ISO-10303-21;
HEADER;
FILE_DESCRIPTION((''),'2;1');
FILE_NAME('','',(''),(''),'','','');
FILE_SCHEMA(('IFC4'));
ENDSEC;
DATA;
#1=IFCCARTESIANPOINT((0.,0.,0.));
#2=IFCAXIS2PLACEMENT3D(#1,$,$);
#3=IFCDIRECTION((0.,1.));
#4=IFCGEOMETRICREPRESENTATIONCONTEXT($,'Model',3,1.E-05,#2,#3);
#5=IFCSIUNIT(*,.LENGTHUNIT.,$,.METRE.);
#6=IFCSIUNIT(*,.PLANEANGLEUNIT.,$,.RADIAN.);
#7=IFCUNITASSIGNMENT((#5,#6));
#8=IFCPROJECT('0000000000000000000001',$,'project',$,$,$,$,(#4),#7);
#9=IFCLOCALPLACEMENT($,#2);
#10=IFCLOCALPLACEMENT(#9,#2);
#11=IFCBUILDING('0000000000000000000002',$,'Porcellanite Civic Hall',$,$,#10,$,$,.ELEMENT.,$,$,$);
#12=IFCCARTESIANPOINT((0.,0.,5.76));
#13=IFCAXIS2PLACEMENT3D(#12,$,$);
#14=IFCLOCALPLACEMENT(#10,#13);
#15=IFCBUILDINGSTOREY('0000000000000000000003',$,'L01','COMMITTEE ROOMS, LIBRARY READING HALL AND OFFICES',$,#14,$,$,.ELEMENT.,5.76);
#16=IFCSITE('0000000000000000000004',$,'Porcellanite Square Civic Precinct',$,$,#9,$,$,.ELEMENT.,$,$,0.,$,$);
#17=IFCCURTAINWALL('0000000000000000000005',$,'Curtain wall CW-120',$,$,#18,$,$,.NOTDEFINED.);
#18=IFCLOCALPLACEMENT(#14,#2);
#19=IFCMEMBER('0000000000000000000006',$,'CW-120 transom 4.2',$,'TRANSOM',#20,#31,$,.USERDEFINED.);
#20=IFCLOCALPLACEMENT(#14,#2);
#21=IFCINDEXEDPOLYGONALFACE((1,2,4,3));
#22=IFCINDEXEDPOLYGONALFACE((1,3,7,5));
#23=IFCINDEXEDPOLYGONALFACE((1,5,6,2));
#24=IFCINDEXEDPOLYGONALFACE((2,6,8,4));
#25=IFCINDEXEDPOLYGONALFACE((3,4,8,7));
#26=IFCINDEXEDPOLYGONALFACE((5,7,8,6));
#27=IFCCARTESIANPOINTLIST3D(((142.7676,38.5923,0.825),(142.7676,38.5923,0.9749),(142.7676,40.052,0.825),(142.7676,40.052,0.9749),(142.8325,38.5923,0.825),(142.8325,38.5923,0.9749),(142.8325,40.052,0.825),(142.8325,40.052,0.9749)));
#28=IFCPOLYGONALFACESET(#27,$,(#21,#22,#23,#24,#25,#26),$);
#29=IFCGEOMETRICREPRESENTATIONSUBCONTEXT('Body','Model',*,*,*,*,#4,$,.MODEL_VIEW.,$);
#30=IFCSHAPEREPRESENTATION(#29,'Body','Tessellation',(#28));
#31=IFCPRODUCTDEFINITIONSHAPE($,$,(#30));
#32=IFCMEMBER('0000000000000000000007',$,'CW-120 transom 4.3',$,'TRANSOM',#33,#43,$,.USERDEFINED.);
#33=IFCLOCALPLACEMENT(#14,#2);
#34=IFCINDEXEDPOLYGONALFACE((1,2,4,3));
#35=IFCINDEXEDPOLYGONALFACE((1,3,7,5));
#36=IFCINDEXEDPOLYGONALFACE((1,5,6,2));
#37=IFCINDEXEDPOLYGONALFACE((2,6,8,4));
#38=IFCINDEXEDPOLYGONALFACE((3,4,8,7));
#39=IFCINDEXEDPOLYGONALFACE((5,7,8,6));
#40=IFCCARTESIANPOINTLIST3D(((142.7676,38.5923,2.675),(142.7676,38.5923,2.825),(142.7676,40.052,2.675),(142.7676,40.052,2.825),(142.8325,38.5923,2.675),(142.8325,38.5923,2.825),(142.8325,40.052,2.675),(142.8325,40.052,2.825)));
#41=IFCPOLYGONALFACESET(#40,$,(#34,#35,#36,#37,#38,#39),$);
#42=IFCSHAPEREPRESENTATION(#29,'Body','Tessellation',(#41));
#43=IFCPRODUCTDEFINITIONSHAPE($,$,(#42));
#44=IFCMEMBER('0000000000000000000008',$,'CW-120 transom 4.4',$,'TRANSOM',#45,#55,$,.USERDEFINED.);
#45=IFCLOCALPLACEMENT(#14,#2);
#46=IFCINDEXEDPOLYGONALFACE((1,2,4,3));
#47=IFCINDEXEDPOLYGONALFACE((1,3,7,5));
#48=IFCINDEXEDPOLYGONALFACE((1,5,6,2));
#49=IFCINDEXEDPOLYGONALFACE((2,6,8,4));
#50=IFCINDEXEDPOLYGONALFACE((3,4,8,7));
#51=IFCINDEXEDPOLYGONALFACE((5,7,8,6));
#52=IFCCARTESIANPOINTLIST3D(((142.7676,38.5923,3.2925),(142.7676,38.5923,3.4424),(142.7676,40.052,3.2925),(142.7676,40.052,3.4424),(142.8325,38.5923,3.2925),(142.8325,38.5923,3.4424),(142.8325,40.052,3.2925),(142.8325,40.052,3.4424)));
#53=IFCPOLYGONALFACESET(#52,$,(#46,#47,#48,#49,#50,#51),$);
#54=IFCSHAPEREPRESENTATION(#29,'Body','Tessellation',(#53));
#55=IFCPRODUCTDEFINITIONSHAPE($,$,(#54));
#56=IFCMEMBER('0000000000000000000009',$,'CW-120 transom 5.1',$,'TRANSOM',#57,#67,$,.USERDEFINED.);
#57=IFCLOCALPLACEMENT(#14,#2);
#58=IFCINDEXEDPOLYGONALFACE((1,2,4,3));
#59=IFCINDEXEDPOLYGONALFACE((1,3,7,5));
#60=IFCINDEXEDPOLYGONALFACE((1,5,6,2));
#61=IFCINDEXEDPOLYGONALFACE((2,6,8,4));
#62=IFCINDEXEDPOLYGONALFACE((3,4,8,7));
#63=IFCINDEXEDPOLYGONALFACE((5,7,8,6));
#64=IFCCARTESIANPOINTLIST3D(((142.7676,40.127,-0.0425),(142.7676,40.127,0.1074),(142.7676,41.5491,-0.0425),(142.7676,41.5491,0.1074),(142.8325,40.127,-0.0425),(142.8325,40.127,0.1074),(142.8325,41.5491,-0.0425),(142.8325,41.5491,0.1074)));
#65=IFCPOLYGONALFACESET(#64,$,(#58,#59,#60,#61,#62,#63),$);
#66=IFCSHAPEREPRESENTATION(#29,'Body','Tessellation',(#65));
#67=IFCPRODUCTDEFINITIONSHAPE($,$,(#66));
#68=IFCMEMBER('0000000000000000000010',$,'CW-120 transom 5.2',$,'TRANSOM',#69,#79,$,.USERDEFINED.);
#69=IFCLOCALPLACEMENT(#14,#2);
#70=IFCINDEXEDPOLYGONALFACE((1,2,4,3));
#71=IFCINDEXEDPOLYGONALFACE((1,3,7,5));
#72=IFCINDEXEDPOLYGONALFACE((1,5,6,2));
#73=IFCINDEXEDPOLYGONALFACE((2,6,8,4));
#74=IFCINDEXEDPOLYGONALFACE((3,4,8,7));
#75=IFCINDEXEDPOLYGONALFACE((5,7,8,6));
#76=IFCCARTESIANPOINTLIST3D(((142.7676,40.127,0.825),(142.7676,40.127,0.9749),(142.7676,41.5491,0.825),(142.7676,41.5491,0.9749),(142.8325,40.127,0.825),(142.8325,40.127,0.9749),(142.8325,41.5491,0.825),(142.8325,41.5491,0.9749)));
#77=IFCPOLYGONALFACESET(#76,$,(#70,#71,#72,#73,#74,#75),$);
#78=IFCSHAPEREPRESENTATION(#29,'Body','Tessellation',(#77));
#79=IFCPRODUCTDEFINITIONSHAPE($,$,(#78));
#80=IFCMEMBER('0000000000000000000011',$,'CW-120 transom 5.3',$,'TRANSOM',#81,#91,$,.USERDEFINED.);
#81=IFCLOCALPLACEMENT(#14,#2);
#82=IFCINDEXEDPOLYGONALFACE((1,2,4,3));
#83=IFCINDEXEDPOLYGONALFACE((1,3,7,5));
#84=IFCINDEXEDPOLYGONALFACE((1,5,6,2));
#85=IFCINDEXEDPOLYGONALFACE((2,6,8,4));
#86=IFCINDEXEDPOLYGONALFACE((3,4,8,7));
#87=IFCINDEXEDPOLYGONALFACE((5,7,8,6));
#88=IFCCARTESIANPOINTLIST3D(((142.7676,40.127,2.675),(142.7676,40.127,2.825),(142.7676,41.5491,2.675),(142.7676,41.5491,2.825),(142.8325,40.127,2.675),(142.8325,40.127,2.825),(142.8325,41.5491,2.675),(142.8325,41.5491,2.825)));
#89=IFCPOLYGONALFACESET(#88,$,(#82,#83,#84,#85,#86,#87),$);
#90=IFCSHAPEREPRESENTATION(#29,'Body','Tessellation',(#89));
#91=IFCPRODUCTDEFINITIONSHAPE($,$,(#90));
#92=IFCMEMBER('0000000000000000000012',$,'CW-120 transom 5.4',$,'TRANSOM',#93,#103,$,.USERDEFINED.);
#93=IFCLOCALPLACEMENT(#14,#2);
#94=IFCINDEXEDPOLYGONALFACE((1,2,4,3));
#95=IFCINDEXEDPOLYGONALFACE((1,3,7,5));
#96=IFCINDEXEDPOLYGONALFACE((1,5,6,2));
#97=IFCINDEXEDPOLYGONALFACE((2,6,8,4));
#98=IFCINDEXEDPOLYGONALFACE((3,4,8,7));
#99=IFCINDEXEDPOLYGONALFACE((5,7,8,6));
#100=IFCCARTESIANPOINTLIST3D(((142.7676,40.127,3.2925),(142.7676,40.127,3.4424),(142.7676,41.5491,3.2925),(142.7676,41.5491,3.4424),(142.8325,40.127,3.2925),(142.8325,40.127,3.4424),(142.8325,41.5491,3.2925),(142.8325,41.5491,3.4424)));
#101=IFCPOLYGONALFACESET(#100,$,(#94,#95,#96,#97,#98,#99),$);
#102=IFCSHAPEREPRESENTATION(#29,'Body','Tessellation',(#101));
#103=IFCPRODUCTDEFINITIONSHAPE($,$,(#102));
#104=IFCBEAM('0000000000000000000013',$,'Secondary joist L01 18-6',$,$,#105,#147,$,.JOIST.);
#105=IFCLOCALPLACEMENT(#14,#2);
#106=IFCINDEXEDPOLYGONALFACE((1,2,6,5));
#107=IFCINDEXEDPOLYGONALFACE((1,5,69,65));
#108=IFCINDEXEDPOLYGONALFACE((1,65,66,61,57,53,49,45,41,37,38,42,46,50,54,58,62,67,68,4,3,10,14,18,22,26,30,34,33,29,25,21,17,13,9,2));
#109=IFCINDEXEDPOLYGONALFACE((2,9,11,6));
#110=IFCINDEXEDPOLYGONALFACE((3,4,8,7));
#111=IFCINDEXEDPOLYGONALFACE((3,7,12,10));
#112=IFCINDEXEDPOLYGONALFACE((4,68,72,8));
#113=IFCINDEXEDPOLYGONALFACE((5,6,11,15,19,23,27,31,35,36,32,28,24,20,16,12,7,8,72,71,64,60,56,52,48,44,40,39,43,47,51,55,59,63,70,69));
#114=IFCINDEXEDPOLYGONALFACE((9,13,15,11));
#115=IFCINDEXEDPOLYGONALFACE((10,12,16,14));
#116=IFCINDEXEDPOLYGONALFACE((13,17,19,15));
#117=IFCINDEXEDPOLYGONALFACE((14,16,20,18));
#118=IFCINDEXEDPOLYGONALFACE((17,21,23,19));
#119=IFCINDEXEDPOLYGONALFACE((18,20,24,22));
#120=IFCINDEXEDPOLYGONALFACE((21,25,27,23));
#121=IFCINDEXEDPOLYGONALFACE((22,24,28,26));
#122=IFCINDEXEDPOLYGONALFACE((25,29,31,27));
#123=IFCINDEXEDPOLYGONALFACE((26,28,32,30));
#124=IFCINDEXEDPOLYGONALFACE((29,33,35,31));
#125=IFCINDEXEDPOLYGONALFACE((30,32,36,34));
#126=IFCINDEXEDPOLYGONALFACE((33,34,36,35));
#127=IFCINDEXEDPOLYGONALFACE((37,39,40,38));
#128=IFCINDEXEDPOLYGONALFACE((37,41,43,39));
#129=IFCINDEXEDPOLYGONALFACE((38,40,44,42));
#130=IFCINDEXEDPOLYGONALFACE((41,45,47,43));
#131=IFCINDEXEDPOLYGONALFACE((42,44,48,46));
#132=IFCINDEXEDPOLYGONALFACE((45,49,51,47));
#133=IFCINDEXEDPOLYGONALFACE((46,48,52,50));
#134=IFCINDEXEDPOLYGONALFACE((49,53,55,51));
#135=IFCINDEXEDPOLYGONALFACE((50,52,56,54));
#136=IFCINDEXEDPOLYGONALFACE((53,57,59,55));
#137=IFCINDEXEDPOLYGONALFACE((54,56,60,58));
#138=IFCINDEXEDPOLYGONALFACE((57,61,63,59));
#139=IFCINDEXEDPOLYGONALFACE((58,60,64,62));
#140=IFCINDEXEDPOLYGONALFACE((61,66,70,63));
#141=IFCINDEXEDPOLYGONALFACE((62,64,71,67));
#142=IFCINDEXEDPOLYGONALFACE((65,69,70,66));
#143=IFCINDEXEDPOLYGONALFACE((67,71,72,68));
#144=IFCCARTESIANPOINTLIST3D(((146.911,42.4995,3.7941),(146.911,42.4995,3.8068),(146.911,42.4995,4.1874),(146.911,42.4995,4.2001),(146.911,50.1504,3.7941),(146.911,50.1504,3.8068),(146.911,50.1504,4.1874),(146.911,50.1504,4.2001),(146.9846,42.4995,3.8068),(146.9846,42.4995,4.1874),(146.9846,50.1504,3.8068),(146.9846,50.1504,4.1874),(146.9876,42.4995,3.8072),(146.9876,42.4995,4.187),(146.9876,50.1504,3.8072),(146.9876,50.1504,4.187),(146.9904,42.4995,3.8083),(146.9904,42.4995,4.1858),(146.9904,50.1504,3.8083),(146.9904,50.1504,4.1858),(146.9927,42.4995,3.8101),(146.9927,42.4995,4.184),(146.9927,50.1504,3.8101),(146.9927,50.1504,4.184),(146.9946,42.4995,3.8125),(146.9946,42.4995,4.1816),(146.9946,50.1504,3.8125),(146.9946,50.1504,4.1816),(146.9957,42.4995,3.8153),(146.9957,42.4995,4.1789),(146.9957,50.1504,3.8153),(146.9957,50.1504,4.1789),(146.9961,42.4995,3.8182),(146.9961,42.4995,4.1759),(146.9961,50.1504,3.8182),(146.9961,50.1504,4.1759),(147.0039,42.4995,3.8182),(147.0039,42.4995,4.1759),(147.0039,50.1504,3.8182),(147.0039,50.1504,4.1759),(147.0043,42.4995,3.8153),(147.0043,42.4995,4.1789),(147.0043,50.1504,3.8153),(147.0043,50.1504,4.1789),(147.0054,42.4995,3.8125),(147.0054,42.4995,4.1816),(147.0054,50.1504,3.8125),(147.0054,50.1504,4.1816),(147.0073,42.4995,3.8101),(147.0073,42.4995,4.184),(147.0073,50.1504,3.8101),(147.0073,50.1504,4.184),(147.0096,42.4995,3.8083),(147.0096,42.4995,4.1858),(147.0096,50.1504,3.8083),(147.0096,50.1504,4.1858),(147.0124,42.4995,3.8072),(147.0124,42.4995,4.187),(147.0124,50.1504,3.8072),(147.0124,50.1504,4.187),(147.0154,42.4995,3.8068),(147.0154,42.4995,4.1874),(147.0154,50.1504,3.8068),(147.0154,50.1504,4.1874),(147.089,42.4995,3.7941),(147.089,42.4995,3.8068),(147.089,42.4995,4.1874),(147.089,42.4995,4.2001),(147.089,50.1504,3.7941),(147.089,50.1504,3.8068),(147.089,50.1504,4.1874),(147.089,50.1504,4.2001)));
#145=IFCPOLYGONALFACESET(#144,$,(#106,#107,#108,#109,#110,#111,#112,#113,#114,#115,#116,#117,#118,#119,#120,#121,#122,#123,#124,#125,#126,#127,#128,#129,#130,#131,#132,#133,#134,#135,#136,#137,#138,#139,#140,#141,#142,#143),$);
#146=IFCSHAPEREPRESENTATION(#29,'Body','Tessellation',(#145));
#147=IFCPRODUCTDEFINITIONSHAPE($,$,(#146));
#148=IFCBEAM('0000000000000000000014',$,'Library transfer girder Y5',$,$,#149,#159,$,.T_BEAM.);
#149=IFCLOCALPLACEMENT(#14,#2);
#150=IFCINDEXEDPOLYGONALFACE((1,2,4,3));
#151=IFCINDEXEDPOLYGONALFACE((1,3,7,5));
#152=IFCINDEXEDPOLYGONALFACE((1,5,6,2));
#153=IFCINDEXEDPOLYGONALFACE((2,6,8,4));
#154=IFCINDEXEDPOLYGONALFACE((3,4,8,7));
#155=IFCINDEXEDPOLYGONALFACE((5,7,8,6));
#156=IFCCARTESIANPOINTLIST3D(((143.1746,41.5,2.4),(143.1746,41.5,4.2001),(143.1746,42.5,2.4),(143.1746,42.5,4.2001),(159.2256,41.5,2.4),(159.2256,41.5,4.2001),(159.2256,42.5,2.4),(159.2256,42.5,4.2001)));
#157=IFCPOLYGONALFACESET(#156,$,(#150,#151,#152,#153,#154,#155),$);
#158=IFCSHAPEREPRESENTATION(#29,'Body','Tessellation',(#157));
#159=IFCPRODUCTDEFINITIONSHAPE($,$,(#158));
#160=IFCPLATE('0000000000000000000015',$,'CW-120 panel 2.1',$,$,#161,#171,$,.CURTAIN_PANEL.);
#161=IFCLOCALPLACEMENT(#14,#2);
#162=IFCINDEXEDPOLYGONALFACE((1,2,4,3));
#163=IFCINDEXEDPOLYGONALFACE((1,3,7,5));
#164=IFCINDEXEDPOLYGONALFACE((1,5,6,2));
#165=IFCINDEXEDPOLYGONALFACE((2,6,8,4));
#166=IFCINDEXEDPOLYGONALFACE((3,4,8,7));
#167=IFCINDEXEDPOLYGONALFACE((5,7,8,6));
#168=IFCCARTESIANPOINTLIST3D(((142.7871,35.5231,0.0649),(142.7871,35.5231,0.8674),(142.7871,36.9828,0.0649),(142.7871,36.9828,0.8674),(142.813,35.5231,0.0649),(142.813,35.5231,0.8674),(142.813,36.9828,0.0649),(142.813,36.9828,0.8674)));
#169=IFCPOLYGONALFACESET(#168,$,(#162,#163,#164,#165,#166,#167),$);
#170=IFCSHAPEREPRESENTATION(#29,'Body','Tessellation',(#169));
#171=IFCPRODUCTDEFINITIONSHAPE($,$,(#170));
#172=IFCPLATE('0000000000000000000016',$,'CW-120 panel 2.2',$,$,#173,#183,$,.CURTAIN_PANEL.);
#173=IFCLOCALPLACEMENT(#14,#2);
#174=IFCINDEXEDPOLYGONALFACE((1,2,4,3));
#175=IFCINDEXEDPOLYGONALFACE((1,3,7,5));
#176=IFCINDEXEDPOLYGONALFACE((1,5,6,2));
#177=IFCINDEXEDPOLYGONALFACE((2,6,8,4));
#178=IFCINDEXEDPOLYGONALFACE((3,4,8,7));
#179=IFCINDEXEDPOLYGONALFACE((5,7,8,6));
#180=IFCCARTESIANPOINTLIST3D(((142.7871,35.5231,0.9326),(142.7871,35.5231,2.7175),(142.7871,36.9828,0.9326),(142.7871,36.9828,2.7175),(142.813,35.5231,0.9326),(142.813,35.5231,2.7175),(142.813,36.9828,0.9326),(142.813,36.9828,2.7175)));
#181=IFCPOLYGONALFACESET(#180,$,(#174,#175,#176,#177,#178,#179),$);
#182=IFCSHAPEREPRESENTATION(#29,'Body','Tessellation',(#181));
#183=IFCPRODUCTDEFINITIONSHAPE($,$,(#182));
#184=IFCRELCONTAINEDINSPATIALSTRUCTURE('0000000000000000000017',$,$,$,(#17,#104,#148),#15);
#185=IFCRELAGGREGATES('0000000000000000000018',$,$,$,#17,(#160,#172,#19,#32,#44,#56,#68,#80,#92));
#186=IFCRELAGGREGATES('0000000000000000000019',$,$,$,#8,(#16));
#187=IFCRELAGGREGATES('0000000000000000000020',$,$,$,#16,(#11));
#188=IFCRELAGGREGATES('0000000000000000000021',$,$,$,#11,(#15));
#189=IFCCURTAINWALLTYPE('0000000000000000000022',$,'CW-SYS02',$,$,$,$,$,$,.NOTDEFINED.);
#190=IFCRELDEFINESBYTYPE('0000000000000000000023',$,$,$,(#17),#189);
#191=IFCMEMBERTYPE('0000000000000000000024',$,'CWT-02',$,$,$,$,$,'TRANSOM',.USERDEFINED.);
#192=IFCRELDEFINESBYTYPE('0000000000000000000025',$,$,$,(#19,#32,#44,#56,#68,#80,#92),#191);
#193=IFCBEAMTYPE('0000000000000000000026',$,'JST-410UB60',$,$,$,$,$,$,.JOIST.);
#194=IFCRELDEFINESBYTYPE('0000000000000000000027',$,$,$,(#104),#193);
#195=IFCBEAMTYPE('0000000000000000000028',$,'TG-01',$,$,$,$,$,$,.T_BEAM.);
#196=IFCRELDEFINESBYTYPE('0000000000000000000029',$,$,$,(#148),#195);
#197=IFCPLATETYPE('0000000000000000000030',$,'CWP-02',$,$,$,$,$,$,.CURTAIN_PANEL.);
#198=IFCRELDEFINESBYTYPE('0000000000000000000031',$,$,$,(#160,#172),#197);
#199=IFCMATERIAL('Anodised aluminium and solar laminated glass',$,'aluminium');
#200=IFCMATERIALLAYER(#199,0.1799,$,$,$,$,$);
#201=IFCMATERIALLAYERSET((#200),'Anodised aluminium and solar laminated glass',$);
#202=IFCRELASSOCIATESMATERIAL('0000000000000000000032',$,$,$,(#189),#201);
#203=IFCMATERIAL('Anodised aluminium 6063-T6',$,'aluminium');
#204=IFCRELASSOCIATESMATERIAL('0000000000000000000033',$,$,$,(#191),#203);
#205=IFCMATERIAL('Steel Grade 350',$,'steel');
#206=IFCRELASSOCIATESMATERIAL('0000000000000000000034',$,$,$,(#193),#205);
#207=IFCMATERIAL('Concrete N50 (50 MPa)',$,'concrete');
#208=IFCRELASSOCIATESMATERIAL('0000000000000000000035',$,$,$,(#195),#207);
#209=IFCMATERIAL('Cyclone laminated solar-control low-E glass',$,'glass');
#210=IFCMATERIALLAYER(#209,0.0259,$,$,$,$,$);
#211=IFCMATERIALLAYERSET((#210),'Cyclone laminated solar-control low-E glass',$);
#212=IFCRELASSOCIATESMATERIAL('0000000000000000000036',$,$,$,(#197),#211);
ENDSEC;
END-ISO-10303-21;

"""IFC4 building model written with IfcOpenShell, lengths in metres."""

from ifc_helpers import new_model, si_unit, direction, frame, origin, origin_2d, place, context, subcontext, project, spatial, rectangle, i_section, extrude, material, layer, layer_set, material_profile, profile_set, type_object, element, aggregate, save


model = new_model("IFC4")

# Units and contexts
model_context = context("Model", 3, precision=1e-05, world=origin(), true_north=direction((0.0, 1.0)))
body_context = subcontext(model_context, "Body", "Model", "MODEL_VIEW")
ifc_project = project(units=[si_unit("LENGTHUNIT", "METRE"), si_unit("PLANEANGLEUNIT", "RADIAN")], contexts=[model_context])

# Site, building, storey
site_placement = place(None, origin())
site = spatial("IfcSite", under=ifc_project, at=site_placement, Name="Porcellanite Square Civic Precinct", CompositionType="ELEMENT", RefElevation=0.0)
building_placement = place(site_placement, origin())
building = spatial("IfcBuilding", under=site, at=building_placement, Name="Porcellanite Civic Hall", CompositionType="ELEMENT")
storey_placement = place(building_placement, frame((0.0, 0.0, 5.76)))
storey = spatial("IfcBuildingStorey", under=building, at=storey_placement, Name="L01", Description="COMMITTEE ROOMS, LIBRARY READING HALL AND OFFICES", CompositionType="ELEMENT", Elevation=5.76)

# Curtain wall, members
ifc_material_1 = material(Name="Anodised aluminium and solar laminated glass", Category="aluminium")
ifc_layer_1 = layer(ifc_material_1, 0.1799)
ifc_layer_set_1 = layer_set([ifc_layer_1], Name="Anodised aluminium and solar laminated glass")
curtain_wall_type = type_object("IfcCurtainWallType", Name="CW-SYS02", PredefinedType="NOTDEFINED", material=ifc_layer_set_1)
curtain_wall_placement = place(storey_placement, origin())
curtain_wall = element("IfcCurtainWall", 1, at=curtain_wall_placement, inside=storey, type_object=curtain_wall_type, Name="Curtain wall CW-120", PredefinedType="NOTDEFINED")
ifc_material_2 = material(Name="Anodised aluminium 6063-T6", Category="aluminium")
ifc_material_profile_1 = material_profile(ifc_material_2, rectangle(XDim=0.0649, YDim=0.1499, at=origin_2d()), Name="AL-65x150")
ifc_profile_set_1 = profile_set([ifc_material_profile_1], Name="Anodised aluminium 6063-T6")
member_type_1 = type_object("IfcMemberType", Name="CWT-02", ElementType="TRANSOM", PredefinedType="USERDEFINED", material=ifc_profile_set_1)
member_1_placement = place(storey_placement, frame((142.8, 38.5923, 0.8999), z_axis=(0.0, 1.0, 0.0), x_axis=(-1.0, 0.0, 0.0)))
member_1 = element("IfcMember", 2, at=member_1_placement, type_object=member_type_1, Name="CW-120 transom 4.2", ObjectType="TRANSOM", PredefinedType="USERDEFINED", context=body_context, shape_type="SweptSolid", body=[
    extrude(rectangle(XDim=0.0649, YDim=0.1499, at=origin_2d()), origin(), (0.0, 0.0, 1.0), 1.4597),
])
member_2_placement = place(storey_placement, frame((142.8, 38.5923, 2.75), z_axis=(0.0, 1.0, 0.0), x_axis=(-1.0, 0.0, 0.0)))
member_2 = element("IfcMember", 3, at=member_2_placement, type_object=member_type_1, Name="CW-120 transom 4.3", ObjectType="TRANSOM", PredefinedType="USERDEFINED", context=body_context, shape_type="SweptSolid", body=[
    extrude(rectangle(XDim=0.0649, YDim=0.1499, at=origin_2d()), origin(), (0.0, 0.0, 1.0), 1.4597),
])
member_3_placement = place(storey_placement, frame((142.8, 38.5923, 3.3674), z_axis=(0.0, 1.0, 0.0), x_axis=(-1.0, 0.0, 0.0)))
member_3 = element("IfcMember", 4, at=member_3_placement, type_object=member_type_1, Name="CW-120 transom 4.4", ObjectType="TRANSOM", PredefinedType="USERDEFINED", context=body_context, shape_type="SweptSolid", body=[
    extrude(rectangle(XDim=0.0649, YDim=0.1499, at=origin_2d()), origin(), (0.0, 0.0, 1.0), 1.4597),
])
member_4_placement = place(storey_placement, frame((142.8, 40.127, 0.0325), z_axis=(0.0, 1.0, 0.0), x_axis=(-1.0, 0.0, 0.0)))
member_4 = element("IfcMember", 5, at=member_4_placement, type_object=member_type_1, Name="CW-120 transom 5.1", ObjectType="TRANSOM", PredefinedType="USERDEFINED", context=body_context, shape_type="SweptSolid", body=[
    extrude(rectangle(XDim=0.0649, YDim=0.1499, at=origin_2d()), origin(), (0.0, 0.0, 1.0), 1.4221),
])
member_5_placement = place(storey_placement, frame((142.8, 40.127, 0.8999), z_axis=(0.0, 1.0, 0.0), x_axis=(-1.0, 0.0, 0.0)))
member_5 = element("IfcMember", 6, at=member_5_placement, type_object=member_type_1, Name="CW-120 transom 5.2", ObjectType="TRANSOM", PredefinedType="USERDEFINED", context=body_context, shape_type="SweptSolid", body=[
    extrude(rectangle(XDim=0.0649, YDim=0.1499, at=origin_2d()), origin(), (0.0, 0.0, 1.0), 1.4221),
])
member_6_placement = place(storey_placement, frame((142.8, 40.127, 2.75), z_axis=(0.0, 1.0, 0.0), x_axis=(-1.0, 0.0, 0.0)))
member_6 = element("IfcMember", 7, at=member_6_placement, type_object=member_type_1, Name="CW-120 transom 5.3", ObjectType="TRANSOM", PredefinedType="USERDEFINED", context=body_context, shape_type="SweptSolid", body=[
    extrude(rectangle(XDim=0.0649, YDim=0.1499, at=origin_2d()), origin(), (0.0, 0.0, 1.0), 1.4221),
])
member_7_placement = place(storey_placement, frame((142.8, 40.127, 3.3674), z_axis=(0.0, 1.0, 0.0), x_axis=(-1.0, 0.0, 0.0)))
member_7 = element("IfcMember", 8, at=member_7_placement, type_object=member_type_1, Name="CW-120 transom 5.4", ObjectType="TRANSOM", PredefinedType="USERDEFINED", context=body_context, shape_type="SweptSolid", body=[
    extrude(rectangle(XDim=0.0649, YDim=0.1499, at=origin_2d()), origin(), (0.0, 0.0, 1.0), 1.4221),
])

# Beams
ifc_material_3 = material(Name="Steel Grade 350", Category="steel")
ifc_material_profile_2 = material_profile(ifc_material_3, i_section(OverallWidth=0.178, OverallDepth=0.406, WebThickness=0.0078, FlangeThickness=0.0127, FilletRadius=0.0115, at=origin_2d()), Name="410UB59.7")
ifc_profile_set_2 = profile_set([ifc_material_profile_2], Name="Steel Grade 350")
beam_type_1 = type_object("IfcBeamType", Name="JST-410UB60", PredefinedType="JOIST", material=ifc_profile_set_2)
beam_1_placement = place(storey_placement, frame((147.0, 42.4995, 3.9971), z_axis=(0.0, 1.0, 0.0), x_axis=(-1.0, 0.0, 0.0)))
element("IfcBeam", 9, at=beam_1_placement, inside=storey, type_object=beam_type_1, Name="Secondary joist L01 18-6", PredefinedType="JOIST", context=body_context, shape_type="SweptSolid", body=[
    extrude(i_section(OverallWidth=0.178, OverallDepth=0.406, WebThickness=0.0078, FlangeThickness=0.0127, FilletRadius=0.0115, at=origin_2d()), origin(), (0.0, 0.0, 1.0), 7.6509),
])
ifc_material_4 = material(Name="Concrete N50 (50 MPa)", Category="concrete")
ifc_material_profile_3 = material_profile(ifc_material_4, rectangle(XDim=1.0, YDim=1.8, at=origin_2d()), Name="RC-1000x1800")
ifc_profile_set_3 = profile_set([ifc_material_profile_3], Name="Concrete N50 (50 MPa)")
beam_type_2 = type_object("IfcBeamType", Name="TG-01", PredefinedType="T_BEAM", material=ifc_profile_set_3)
beam_2_placement = place(storey_placement, frame((143.1746, 42.0, 3.3), z_axis=(1.0, 0.0, 0.0), x_axis=(0.0, 1.0, 0.0)))
element("IfcBeam", 10, at=beam_2_placement, inside=storey, type_object=beam_type_2, Name="Library transfer girder Y5", PredefinedType="T_BEAM", context=body_context, shape_type="SweptSolid", body=[
    extrude(rectangle(XDim=1.0, YDim=1.8, at=origin_2d()), origin(), (0.0, 0.0, 1.0), 16.051),
])

# Plates
ifc_material_5 = material(Name="Cyclone laminated solar-control low-E glass", Category="glass")
ifc_layer_2 = layer(ifc_material_5, 0.0259)
ifc_layer_set_2 = layer_set([ifc_layer_2], Name="Cyclone laminated solar-control low-E glass")
plate_type = type_object("IfcPlateType", Name="CWP-02", PredefinedType="CURTAIN_PANEL", material=ifc_layer_set_2)
plate_1_placement = place(storey_placement, frame((142.8, 36.2529, 0.0649), z_axis=(0.0, 0.0, 1.0), x_axis=(0.0, 1.0, 0.0)))
plate_1 = element("IfcPlate", 11, at=plate_1_placement, type_object=plate_type, Name="CW-120 panel 2.1", PredefinedType="CURTAIN_PANEL", context=body_context, shape_type="SweptSolid", body=[
    extrude(rectangle(XDim=1.4597, YDim=0.0259, at=origin_2d()), origin(), (0.0, 0.0, 1.0), 0.8025),
])
plate_2_placement = place(storey_placement, frame((142.8, 36.2529, 0.9326), z_axis=(0.0, 0.0, 1.0), x_axis=(0.0, 1.0, 0.0)))
plate_2 = element("IfcPlate", 12, at=plate_2_placement, type_object=plate_type, Name="CW-120 panel 2.2", PredefinedType="CURTAIN_PANEL", context=body_context, shape_type="SweptSolid", body=[
    extrude(rectangle(XDim=1.4597, YDim=0.0259, at=origin_2d()), origin(), (0.0, 0.0, 1.0), 1.7849),
])
aggregate(curtain_wall, [plate_1, plate_2, member_1, member_2, member_3, member_4, member_5, member_6, member_7])

save(model, "model.ifc")
